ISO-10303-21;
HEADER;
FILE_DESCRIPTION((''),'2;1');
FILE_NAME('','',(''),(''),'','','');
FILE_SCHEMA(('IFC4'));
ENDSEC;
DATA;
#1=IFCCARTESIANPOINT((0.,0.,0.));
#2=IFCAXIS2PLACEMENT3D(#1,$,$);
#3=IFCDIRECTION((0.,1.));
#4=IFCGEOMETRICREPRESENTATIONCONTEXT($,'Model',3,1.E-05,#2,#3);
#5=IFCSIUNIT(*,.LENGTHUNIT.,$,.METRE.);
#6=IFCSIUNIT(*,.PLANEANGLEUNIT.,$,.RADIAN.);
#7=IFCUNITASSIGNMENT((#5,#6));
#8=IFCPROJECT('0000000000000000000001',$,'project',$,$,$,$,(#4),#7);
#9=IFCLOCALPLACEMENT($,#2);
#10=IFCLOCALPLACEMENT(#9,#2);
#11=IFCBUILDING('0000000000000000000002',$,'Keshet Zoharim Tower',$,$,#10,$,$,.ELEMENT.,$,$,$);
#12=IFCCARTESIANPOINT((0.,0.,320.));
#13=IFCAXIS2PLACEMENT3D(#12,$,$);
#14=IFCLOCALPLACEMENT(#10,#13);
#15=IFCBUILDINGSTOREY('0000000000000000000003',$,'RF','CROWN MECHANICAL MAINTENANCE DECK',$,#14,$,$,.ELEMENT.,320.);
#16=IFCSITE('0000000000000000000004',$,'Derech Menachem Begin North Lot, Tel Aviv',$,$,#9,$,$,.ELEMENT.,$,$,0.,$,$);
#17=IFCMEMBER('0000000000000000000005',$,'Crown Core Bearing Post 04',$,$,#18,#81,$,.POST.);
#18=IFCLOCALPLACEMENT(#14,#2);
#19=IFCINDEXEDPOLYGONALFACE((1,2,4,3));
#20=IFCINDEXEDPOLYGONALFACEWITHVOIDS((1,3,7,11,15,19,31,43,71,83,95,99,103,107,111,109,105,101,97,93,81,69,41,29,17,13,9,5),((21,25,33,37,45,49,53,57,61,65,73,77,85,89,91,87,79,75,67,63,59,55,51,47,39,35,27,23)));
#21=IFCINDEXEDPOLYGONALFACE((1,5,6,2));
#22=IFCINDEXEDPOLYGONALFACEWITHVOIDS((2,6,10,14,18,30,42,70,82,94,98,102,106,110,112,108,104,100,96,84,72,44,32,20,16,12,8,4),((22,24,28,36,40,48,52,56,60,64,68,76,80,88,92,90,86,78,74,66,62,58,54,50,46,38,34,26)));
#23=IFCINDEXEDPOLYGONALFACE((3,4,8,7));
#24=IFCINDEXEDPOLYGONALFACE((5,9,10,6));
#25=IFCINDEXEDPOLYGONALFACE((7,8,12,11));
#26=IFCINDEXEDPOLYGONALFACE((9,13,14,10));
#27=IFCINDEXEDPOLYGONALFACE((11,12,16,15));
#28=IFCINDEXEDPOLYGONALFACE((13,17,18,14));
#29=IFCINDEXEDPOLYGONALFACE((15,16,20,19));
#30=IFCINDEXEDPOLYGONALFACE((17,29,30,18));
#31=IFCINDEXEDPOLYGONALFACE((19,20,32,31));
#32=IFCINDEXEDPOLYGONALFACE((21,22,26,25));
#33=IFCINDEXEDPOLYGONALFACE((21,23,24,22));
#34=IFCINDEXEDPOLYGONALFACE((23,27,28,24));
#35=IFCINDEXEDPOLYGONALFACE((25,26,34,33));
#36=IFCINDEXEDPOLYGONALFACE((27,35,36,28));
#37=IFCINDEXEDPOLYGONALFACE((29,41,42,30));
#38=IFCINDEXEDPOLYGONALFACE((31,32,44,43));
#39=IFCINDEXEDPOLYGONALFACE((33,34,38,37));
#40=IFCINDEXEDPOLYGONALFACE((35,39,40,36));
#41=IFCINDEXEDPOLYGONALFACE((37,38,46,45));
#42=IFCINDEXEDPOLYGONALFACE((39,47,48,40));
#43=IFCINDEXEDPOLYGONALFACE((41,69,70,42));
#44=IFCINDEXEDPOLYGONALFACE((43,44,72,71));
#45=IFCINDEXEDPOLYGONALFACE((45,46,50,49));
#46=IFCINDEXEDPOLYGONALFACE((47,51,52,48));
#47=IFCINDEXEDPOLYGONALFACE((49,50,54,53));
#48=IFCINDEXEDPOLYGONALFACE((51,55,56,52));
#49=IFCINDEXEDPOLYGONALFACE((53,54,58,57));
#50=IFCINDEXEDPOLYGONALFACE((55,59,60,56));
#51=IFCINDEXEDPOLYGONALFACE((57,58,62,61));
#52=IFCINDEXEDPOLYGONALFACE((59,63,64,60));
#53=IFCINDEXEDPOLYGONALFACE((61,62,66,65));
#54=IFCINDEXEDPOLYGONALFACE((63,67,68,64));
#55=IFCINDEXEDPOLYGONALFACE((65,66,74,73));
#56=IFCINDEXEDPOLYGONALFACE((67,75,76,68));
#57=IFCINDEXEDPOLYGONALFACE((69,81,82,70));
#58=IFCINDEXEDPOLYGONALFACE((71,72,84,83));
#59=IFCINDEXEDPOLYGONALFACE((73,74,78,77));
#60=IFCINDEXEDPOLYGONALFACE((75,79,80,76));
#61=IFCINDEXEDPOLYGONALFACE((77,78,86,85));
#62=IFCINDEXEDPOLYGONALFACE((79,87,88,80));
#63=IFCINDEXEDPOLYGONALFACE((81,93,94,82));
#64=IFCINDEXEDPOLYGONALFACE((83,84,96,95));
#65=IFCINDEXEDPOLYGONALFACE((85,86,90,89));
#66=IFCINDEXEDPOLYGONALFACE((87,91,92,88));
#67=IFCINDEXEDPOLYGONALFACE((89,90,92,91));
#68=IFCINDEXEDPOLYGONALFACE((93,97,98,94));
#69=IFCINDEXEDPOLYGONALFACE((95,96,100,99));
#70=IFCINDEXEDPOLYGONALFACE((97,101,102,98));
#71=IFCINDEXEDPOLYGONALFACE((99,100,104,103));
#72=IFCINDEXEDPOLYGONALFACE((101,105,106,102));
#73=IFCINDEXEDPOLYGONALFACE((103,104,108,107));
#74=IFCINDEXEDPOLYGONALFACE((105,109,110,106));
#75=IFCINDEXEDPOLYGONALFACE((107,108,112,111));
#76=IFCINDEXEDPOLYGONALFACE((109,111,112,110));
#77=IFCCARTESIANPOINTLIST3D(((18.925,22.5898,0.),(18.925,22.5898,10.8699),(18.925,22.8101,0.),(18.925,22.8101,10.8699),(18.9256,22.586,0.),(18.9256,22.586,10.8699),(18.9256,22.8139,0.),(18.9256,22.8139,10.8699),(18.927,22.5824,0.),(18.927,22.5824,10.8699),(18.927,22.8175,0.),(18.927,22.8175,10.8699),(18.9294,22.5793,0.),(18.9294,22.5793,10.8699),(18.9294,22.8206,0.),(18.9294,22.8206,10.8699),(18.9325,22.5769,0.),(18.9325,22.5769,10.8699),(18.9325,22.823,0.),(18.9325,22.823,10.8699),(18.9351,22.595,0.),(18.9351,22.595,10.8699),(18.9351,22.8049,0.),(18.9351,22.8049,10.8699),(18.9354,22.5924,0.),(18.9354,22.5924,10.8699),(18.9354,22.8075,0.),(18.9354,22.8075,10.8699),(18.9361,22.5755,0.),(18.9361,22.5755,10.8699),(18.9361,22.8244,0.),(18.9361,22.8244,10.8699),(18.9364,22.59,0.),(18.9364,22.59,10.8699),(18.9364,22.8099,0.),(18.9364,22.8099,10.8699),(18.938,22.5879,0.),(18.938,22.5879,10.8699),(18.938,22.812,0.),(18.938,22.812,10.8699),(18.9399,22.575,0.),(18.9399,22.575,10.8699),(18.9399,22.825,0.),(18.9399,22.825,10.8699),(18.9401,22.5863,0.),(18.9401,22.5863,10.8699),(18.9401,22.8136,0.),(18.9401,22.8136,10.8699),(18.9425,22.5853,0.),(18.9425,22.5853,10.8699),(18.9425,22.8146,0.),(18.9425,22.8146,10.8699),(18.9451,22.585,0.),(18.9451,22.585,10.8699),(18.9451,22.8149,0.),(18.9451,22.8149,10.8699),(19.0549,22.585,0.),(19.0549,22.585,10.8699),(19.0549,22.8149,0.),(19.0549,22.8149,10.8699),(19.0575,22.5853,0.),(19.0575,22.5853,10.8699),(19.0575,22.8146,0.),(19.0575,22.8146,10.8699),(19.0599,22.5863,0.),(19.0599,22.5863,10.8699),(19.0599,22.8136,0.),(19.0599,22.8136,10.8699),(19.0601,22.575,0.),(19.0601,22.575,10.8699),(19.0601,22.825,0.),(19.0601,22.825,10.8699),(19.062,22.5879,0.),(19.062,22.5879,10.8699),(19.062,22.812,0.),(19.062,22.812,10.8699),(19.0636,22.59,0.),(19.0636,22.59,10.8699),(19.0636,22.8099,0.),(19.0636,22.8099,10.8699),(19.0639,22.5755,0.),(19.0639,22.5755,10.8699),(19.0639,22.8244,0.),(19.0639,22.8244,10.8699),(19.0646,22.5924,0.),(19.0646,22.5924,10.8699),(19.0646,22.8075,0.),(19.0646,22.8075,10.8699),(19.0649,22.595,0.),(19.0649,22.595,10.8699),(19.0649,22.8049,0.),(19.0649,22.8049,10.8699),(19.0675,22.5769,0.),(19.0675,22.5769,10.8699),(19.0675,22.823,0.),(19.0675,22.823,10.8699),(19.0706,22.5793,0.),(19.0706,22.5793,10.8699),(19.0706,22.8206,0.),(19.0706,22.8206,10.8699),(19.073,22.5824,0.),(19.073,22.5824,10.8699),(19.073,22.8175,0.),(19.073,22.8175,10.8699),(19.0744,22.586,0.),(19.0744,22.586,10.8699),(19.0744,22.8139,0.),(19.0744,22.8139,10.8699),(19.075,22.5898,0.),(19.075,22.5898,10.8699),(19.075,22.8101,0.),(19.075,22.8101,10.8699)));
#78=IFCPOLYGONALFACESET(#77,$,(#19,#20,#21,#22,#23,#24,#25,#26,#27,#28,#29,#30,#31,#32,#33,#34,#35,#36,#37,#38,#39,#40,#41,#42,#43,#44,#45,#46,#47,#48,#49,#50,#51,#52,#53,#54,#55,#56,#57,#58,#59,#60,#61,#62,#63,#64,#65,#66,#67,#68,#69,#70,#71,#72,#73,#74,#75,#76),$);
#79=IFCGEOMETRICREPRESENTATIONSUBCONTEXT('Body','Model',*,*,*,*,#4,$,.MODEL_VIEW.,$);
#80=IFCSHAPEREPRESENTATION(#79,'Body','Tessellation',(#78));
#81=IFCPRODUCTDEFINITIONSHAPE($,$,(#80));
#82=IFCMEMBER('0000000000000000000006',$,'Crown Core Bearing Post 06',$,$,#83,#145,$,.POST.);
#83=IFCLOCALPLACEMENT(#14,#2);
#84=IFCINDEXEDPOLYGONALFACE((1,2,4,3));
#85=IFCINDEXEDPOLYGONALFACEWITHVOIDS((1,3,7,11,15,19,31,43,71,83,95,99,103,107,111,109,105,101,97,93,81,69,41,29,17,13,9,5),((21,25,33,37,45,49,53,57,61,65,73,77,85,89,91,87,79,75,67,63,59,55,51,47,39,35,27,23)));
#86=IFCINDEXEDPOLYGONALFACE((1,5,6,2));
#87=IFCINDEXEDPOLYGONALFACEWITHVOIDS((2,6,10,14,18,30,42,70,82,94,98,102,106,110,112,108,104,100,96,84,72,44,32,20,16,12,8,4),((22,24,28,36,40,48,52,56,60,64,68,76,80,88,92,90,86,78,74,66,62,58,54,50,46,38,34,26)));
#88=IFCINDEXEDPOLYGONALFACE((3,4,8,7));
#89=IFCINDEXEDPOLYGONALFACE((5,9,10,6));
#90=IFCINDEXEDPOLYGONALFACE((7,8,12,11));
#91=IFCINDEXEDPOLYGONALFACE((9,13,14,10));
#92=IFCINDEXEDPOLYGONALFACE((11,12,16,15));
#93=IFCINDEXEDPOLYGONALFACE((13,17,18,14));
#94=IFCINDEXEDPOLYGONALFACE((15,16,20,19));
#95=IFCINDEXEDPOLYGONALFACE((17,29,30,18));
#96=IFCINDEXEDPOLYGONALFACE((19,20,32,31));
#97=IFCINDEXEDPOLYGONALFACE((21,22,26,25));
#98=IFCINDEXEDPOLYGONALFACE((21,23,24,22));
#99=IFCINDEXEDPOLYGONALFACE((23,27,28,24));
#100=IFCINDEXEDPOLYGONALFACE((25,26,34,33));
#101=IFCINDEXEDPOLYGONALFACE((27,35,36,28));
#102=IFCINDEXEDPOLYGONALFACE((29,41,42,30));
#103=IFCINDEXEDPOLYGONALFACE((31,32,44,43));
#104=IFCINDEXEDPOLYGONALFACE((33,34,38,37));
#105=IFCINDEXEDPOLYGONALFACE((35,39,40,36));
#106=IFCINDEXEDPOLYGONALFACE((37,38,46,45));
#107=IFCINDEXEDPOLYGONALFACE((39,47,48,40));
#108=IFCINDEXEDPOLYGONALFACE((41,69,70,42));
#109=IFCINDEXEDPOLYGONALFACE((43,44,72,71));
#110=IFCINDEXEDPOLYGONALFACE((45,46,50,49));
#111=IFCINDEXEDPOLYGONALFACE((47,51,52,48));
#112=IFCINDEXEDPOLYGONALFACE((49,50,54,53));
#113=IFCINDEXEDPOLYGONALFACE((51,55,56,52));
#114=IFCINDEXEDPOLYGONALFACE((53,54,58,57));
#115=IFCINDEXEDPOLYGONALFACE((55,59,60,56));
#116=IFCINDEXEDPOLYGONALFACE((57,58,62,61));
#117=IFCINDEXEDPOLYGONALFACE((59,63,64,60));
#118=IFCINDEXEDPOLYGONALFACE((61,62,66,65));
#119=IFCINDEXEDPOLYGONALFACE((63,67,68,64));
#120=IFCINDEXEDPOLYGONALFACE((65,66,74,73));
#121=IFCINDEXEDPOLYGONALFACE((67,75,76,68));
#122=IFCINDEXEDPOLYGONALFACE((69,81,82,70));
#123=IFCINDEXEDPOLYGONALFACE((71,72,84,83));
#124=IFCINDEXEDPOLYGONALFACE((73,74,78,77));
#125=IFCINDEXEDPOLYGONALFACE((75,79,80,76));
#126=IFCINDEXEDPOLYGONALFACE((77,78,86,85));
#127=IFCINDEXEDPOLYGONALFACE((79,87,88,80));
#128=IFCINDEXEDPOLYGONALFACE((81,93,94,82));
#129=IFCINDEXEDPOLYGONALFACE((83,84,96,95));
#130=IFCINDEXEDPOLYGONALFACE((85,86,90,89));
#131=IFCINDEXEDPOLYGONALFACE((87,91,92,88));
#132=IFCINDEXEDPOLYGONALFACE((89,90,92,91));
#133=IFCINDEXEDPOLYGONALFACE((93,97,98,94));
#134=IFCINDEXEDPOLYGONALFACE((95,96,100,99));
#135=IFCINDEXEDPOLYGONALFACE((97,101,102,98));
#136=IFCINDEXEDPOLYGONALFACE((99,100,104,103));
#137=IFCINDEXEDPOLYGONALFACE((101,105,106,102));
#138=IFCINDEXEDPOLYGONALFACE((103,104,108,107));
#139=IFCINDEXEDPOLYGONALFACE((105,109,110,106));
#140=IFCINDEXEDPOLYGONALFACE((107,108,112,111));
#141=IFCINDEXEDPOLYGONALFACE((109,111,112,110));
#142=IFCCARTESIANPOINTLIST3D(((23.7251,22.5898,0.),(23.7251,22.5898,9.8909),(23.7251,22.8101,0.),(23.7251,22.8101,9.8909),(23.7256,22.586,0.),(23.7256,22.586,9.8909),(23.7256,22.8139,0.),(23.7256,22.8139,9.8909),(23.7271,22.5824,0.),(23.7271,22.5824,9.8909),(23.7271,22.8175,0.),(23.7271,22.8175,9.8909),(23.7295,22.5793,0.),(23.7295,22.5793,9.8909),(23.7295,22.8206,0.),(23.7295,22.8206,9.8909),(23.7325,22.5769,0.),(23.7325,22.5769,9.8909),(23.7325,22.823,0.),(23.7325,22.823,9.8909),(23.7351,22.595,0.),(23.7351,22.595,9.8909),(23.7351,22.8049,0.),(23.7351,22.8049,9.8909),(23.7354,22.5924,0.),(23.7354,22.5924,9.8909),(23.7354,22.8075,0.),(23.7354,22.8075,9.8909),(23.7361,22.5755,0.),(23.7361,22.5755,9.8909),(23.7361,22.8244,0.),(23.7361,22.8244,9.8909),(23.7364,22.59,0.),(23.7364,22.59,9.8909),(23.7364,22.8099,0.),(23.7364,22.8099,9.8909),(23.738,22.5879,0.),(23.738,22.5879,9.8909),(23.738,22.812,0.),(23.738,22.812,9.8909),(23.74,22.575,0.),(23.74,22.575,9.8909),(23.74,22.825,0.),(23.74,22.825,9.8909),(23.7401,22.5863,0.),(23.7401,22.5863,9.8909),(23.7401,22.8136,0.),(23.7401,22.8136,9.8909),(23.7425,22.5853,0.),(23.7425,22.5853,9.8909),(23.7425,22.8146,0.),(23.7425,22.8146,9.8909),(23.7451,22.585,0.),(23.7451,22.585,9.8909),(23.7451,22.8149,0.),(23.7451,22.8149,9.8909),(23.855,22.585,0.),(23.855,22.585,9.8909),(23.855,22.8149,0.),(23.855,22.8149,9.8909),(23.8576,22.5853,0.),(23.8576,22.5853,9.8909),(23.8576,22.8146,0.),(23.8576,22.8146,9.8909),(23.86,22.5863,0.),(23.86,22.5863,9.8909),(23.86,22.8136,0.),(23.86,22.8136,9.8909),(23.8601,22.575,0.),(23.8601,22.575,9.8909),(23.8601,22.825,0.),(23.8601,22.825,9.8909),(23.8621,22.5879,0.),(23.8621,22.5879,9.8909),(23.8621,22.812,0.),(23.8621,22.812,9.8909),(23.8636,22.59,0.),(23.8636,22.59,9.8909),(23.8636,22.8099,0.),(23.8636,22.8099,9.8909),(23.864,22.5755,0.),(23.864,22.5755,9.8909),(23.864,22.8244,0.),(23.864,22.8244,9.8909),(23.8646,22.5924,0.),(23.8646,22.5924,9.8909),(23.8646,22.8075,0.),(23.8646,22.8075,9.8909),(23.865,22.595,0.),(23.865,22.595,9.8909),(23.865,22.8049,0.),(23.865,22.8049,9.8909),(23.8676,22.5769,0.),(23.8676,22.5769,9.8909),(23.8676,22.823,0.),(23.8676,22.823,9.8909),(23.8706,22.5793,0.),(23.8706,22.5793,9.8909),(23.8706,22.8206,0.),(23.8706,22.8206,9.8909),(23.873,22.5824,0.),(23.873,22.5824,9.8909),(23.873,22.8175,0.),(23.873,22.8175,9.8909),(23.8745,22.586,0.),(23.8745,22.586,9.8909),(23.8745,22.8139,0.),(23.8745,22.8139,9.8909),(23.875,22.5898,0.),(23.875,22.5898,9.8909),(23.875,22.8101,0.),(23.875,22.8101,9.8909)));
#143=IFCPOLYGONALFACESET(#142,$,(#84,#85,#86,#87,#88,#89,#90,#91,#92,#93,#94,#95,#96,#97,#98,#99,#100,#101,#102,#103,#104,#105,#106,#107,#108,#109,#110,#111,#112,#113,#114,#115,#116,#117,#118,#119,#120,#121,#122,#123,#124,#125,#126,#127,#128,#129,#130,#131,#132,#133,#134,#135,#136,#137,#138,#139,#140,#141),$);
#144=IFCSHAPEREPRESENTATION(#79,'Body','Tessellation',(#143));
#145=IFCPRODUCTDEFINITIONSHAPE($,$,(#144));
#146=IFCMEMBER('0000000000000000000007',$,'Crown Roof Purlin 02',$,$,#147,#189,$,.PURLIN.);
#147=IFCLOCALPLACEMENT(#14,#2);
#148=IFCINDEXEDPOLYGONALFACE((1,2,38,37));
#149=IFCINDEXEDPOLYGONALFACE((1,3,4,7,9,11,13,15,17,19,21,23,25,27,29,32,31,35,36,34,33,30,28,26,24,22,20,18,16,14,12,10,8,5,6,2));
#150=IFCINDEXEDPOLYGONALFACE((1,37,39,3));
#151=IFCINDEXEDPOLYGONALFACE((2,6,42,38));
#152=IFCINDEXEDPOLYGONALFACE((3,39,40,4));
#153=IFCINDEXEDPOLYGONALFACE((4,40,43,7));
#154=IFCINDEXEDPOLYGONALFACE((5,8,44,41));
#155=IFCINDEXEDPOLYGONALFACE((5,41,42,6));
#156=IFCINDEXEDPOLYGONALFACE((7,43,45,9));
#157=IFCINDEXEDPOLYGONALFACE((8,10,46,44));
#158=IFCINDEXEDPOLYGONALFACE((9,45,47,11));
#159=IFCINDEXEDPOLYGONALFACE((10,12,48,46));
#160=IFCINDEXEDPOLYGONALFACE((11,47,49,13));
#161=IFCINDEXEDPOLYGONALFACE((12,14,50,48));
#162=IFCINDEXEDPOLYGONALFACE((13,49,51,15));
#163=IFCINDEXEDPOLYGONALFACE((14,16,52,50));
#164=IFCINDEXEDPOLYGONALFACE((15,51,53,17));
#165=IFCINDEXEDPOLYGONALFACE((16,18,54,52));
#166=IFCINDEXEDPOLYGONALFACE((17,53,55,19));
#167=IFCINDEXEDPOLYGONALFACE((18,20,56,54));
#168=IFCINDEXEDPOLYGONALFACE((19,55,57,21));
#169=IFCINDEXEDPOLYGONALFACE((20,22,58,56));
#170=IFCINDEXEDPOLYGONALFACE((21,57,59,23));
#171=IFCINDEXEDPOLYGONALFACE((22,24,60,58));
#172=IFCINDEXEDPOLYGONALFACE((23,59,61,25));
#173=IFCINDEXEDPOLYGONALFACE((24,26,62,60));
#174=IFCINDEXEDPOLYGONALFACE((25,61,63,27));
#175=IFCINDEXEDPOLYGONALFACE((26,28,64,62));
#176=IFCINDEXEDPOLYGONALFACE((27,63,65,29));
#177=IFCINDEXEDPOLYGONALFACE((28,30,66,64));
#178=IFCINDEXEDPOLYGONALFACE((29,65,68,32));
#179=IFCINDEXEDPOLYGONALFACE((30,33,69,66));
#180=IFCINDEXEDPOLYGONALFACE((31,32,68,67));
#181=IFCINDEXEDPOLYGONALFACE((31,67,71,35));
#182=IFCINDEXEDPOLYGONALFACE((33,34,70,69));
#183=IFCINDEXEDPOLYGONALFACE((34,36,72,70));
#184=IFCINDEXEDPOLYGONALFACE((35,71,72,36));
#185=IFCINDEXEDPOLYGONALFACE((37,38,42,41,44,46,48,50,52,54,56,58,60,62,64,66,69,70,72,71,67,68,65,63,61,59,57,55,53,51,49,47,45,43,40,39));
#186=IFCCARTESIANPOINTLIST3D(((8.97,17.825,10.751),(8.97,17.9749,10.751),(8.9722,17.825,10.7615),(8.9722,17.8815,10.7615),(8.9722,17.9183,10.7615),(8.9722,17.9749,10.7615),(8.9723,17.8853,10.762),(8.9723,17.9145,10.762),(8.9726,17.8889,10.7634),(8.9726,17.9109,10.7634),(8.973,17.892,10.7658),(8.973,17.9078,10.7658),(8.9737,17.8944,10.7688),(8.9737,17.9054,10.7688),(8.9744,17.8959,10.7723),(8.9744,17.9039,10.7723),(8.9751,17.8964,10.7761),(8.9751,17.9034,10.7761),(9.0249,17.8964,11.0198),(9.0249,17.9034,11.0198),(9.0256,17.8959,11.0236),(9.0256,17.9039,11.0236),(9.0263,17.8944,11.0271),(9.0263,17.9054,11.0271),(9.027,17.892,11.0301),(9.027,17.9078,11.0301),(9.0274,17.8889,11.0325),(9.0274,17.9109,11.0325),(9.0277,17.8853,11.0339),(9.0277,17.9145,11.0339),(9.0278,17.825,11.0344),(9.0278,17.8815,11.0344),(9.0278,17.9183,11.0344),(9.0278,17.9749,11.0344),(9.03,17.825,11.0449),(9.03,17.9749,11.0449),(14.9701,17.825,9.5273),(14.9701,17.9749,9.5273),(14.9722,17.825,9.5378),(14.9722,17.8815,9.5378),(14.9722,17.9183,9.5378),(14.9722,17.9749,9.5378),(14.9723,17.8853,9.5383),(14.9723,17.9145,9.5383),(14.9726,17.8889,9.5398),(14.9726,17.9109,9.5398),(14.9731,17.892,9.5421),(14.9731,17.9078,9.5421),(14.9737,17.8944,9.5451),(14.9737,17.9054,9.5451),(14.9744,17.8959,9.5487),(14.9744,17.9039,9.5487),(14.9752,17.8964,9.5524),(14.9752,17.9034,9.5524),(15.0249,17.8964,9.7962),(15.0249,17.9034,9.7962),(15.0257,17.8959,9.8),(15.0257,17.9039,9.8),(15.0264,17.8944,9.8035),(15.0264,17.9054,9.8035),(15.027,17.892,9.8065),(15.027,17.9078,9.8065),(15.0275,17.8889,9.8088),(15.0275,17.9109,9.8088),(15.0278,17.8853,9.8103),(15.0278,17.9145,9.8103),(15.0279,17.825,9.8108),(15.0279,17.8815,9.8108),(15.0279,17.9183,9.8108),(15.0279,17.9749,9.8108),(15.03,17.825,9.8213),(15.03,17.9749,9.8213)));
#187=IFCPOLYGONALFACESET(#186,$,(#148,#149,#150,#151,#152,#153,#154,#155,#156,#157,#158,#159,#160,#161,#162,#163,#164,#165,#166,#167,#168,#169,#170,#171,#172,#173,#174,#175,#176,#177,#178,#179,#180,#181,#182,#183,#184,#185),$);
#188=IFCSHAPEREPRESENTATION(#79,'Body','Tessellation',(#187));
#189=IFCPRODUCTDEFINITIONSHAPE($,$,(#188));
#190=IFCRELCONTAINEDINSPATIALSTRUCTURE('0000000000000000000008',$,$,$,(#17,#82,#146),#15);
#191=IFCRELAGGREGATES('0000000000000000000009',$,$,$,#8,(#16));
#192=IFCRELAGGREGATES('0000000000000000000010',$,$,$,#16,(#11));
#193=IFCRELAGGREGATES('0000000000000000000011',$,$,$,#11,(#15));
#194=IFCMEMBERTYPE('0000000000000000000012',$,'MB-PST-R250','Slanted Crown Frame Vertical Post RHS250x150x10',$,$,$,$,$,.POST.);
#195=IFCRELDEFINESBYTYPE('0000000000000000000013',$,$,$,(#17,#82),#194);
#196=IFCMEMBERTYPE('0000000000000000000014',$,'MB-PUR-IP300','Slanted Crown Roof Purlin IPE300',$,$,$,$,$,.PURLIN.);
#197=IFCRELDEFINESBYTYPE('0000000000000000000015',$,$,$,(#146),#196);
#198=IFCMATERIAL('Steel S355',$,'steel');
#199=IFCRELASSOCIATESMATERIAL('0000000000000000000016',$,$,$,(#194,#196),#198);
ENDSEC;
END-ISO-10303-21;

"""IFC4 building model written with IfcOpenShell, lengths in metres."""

from ifc_helpers import new_model, si_unit, direction, frame, origin, origin_2d, place, context, subcontext, project, spatial, hollow_rectangle, i_section, extrude, material, material_profile, profile_set, type_object, element, save


model = new_model("IFC4")

# Units and contexts
model_context = context("Model", 3, precision=1e-05, world=origin(), true_north=direction((0.0, 1.0)))
body_context = subcontext(model_context, "Body", "Model", "MODEL_VIEW")
ifc_project = project(units=[si_unit("LENGTHUNIT", "METRE"), si_unit("PLANEANGLEUNIT", "RADIAN")], contexts=[model_context])

# Site, building, storey
site_placement = place(None, origin())
site = spatial("IfcSite", under=ifc_project, at=site_placement, Name="Derech Menachem Begin North Lot, Tel Aviv", CompositionType="ELEMENT", RefElevation=0.0)
building_placement = place(site_placement, origin())
building = spatial("IfcBuilding", under=site, at=building_placement, Name="Keshet Zoharim Tower", CompositionType="ELEMENT")
storey_placement = place(building_placement, frame((0.0, 0.0, 320.0)))
storey = spatial("IfcBuildingStorey", under=building, at=storey_placement, Name="RF", Description="CROWN MECHANICAL MAINTENANCE DECK", CompositionType="ELEMENT", Elevation=320.0)

# Shared definitions
ifc_material_1 = material(Name="Steel S355", Category="steel")

# Members
ifc_material_profile_1 = material_profile(ifc_material_1, hollow_rectangle(XDim=0.1499, YDim=0.25, WallThickness=0.01, InnerFilletRadius=0.01, OuterFilletRadius=0.0149, at=origin_2d()), Name="RHS250x150x10")
ifc_profile_set_1 = profile_set([ifc_material_profile_1], Name="Steel S355")
member_type_1 = type_object("IfcMemberType", Name="MB-PST-R250", Description="Slanted Crown Frame Vertical Post RHS250x150x10", PredefinedType="POST", material=ifc_profile_set_1)
member_1_placement = place(storey_placement, frame((19.0, 22.7, 0.0), z_axis=(0.0, 0.0, 1.0), x_axis=(1.0, 0.0, 0.0)))
element("IfcMember", 1, at=member_1_placement, inside=storey, type_object=member_type_1, Name="Crown Core Bearing Post 04", PredefinedType="POST", context=body_context, shape_type="SweptSolid", body=[
    extrude(hollow_rectangle(XDim=0.1499, YDim=0.25, WallThickness=0.01, InnerFilletRadius=0.01, OuterFilletRadius=0.0149, at=origin_2d()), origin(), (0.0, 0.0, 1.0), 10.8699),
])
member_2_placement = place(storey_placement, frame((23.8, 22.7, 0.0), z_axis=(0.0, 0.0, 1.0), x_axis=(1.0, 0.0, 0.0)))
element("IfcMember", 2, at=member_2_placement, inside=storey, type_object=member_type_1, Name="Crown Core Bearing Post 06", PredefinedType="POST", context=body_context, shape_type="SweptSolid", body=[
    extrude(hollow_rectangle(XDim=0.1499, YDim=0.25, WallThickness=0.01, InnerFilletRadius=0.01, OuterFilletRadius=0.0149, at=origin_2d()), origin(), (0.0, 0.0, 1.0), 9.8909),
])
ifc_material_profile_2 = material_profile(ifc_material_1, i_section(OverallWidth=0.1499, OverallDepth=0.3, WebThickness=0.0071, FlangeThickness=0.0107, FilletRadius=0.0149, at=origin_2d()), Name="IPE300")
ifc_profile_set_2 = profile_set([ifc_material_profile_2], Name="Steel S355")
member_type_2 = type_object("IfcMemberType", Name="MB-PUR-IP300", Description="Slanted Crown Roof Purlin IPE300", PredefinedType="PURLIN", material=ifc_profile_set_2)
member_3_placement = place(storey_placement, frame((9.0, 17.8999, 10.8979), z_axis=(0.979831, 0.0, -0.199826), x_axis=(0.0, 1.0, 0.0)))
element("IfcMember", 3, at=member_3_placement, inside=storey, type_object=member_type_2, Name="Crown Roof Purlin 02", PredefinedType="PURLIN", context=body_context, shape_type="SweptSolid", body=[
    extrude(i_section(OverallWidth=0.1499, OverallDepth=0.3, WebThickness=0.0071, FlangeThickness=0.0107, FilletRadius=0.0149, at=origin_2d()), origin(), (0.0, 0.0, 1.0), 6.1235),
])

save(model, "model.ifc")
